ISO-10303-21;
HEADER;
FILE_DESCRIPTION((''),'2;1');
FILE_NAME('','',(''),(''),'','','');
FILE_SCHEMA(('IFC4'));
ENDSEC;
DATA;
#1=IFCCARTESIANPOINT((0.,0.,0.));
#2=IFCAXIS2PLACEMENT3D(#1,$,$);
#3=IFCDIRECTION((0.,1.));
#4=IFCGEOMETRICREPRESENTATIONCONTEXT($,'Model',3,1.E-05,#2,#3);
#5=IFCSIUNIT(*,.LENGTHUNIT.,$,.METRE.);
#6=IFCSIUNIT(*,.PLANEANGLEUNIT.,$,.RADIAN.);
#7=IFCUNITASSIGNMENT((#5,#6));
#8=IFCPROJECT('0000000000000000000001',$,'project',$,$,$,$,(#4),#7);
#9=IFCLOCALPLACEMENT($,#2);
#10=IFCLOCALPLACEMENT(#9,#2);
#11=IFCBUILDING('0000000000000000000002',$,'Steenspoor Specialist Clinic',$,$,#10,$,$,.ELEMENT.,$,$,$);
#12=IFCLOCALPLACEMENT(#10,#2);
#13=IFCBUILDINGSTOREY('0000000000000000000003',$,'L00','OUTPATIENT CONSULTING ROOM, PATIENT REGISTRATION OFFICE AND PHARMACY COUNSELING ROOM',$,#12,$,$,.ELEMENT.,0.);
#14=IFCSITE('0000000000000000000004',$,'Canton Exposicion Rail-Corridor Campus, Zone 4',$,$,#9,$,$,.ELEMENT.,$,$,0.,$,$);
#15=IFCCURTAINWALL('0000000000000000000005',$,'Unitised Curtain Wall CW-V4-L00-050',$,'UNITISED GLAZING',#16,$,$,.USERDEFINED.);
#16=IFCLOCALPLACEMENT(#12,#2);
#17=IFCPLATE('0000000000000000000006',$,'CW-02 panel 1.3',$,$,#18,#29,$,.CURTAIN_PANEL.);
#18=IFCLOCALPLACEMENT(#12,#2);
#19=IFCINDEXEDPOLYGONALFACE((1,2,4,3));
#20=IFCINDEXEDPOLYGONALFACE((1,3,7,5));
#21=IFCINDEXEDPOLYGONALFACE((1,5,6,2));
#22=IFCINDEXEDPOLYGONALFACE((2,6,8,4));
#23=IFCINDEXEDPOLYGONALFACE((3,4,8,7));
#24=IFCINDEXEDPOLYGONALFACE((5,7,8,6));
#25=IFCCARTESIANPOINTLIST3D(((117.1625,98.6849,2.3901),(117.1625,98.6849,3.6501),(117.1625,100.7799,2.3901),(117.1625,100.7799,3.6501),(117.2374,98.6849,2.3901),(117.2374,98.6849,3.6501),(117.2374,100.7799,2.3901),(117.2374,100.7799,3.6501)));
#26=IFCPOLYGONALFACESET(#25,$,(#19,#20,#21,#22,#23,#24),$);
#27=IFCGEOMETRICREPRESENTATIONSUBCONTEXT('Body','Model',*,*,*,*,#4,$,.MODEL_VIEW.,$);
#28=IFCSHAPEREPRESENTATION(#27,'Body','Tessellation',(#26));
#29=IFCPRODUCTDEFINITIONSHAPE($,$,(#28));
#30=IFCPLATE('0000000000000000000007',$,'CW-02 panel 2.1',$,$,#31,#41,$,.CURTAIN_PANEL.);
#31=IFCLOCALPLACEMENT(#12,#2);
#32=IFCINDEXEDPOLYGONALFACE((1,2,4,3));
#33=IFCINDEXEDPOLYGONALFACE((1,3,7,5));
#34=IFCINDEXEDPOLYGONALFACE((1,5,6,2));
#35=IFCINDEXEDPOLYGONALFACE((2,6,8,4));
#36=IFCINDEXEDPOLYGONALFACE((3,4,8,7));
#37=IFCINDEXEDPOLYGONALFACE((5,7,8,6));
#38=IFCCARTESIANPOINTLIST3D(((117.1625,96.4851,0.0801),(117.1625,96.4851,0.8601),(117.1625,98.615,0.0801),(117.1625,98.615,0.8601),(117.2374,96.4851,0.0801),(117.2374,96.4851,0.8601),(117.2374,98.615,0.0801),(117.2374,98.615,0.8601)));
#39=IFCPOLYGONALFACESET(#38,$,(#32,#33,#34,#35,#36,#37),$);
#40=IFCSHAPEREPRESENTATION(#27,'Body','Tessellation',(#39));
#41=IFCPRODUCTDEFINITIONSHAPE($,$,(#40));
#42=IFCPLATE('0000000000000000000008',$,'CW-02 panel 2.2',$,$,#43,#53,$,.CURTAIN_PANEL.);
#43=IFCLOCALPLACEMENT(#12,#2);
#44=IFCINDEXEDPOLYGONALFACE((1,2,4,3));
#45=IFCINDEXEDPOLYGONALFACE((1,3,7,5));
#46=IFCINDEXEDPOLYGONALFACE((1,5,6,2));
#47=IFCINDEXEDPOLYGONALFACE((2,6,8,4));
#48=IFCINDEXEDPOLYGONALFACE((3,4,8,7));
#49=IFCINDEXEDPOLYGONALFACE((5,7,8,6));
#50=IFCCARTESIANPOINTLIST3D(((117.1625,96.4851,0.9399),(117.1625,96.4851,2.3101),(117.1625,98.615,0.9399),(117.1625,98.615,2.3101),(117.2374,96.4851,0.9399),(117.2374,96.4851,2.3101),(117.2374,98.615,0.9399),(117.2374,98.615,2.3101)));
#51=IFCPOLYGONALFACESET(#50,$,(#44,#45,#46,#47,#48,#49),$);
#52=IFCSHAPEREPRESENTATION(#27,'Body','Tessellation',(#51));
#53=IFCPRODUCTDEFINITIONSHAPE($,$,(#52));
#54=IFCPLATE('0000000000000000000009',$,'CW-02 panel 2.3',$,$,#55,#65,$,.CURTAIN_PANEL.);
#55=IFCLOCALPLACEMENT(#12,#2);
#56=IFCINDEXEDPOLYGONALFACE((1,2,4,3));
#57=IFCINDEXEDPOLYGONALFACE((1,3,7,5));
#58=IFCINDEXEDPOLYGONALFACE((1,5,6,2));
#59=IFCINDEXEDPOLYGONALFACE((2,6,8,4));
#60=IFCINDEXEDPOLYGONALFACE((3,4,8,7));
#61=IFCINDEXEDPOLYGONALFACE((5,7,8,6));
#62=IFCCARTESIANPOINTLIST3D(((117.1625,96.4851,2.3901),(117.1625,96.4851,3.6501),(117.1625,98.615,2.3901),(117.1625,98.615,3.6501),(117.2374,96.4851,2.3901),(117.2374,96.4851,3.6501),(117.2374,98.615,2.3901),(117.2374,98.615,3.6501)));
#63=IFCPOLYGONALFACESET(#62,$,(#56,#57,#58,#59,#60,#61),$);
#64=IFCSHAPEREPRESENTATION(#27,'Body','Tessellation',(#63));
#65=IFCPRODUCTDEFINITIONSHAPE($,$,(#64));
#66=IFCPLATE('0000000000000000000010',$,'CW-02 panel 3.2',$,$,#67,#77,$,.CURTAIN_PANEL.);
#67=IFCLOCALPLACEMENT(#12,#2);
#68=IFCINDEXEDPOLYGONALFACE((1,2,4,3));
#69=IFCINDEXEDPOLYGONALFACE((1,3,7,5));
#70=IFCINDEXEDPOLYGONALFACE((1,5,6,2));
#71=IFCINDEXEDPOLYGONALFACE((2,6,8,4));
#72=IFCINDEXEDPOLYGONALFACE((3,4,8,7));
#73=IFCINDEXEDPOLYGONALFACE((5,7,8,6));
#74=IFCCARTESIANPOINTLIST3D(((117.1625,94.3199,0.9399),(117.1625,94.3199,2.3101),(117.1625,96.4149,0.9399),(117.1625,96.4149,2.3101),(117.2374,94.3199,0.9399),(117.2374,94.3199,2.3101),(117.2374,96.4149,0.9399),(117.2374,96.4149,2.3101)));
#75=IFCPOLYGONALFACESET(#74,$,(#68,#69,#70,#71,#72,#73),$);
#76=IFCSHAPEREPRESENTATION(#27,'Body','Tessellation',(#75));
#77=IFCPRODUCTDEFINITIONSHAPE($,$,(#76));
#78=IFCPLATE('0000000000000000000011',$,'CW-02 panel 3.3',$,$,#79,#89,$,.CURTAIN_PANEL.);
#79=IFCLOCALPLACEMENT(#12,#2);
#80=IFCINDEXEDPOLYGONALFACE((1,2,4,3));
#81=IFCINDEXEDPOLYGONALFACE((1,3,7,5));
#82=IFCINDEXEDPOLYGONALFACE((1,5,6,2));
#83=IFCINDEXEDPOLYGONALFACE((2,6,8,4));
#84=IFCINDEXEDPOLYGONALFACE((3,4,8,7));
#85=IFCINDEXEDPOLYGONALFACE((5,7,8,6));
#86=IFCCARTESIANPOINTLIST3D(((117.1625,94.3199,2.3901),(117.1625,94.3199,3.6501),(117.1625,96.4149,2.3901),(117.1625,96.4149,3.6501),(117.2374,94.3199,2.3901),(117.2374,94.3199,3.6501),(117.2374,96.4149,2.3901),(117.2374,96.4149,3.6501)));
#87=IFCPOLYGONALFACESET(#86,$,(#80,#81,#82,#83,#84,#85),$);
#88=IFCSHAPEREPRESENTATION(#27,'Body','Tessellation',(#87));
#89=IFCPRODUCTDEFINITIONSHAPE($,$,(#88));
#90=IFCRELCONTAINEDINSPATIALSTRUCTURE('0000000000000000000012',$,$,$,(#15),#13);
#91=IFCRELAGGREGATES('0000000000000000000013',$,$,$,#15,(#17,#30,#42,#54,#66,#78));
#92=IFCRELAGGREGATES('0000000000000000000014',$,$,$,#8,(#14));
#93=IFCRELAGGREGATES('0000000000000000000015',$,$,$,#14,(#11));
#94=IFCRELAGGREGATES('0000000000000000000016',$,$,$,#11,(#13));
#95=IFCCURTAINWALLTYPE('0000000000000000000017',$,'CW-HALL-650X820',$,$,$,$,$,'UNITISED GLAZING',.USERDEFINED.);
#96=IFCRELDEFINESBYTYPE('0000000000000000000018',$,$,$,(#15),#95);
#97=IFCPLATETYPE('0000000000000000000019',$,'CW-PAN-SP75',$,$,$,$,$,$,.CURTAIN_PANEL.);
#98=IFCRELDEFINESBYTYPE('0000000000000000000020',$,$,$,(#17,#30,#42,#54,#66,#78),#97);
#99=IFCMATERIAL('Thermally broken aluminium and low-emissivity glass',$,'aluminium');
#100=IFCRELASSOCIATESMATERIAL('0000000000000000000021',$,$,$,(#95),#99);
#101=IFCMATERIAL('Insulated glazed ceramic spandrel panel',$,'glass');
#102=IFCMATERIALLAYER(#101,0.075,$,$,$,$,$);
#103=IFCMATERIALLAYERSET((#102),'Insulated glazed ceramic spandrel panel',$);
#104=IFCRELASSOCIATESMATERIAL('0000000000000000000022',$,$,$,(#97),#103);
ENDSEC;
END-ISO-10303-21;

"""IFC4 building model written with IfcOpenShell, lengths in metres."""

from ifc_helpers import new_model, si_unit, direction, frame, origin, origin_2d, place, context, subcontext, project, spatial, rectangle, extrude, material, layer, layer_set, type_object, element, aggregate, save


model = new_model("IFC4")

# Units and contexts
model_context = context("Model", 3, precision=1e-05, world=origin(), true_north=direction((0.0, 1.0)))
body_context = subcontext(model_context, "Body", "Model", "MODEL_VIEW")
ifc_project = project(units=[si_unit("LENGTHUNIT", "METRE"), si_unit("PLANEANGLEUNIT", "RADIAN")], contexts=[model_context])

# Site, building, storey
site_placement = place(None, origin())
site = spatial("IfcSite", under=ifc_project, at=site_placement, Name="Canton Exposicion Rail-Corridor Campus, Zone 4", CompositionType="ELEMENT", RefElevation=0.0)
building_placement = place(site_placement, origin())
building = spatial("IfcBuilding", under=site, at=building_placement, Name="Steenspoor Specialist Clinic", CompositionType="ELEMENT")
storey_placement = place(building_placement, origin())
storey = spatial("IfcBuildingStorey", under=building, at=storey_placement, Name="L00", Description="OUTPATIENT CONSULTING ROOM, PATIENT REGISTRATION OFFICE AND PHARMACY COUNSELING ROOM", CompositionType="ELEMENT", Elevation=0.0)

# Curtain wall, plates
ifc_material_1 = material(Name="Thermally broken aluminium and low-emissivity glass", Category="aluminium")
curtain_wall_type = type_object("IfcCurtainWallType", Name="CW-HALL-650X820", ElementType="UNITISED GLAZING", PredefinedType="USERDEFINED", material=ifc_material_1)
curtain_wall_placement = place(storey_placement, origin())
curtain_wall = element("IfcCurtainWall", 1, at=curtain_wall_placement, inside=storey, type_object=curtain_wall_type, Name="Unitised Curtain Wall CW-V4-L00-050", ObjectType="UNITISED GLAZING", PredefinedType="USERDEFINED")
ifc_material_2 = material(Name="Insulated glazed ceramic spandrel panel", Category="glass")
ifc_layer = layer(ifc_material_2, 0.075)
ifc_layer_set = layer_set([ifc_layer], Name="Insulated glazed ceramic spandrel panel")
plate_type = type_object("IfcPlateType", Name="CW-PAN-SP75", PredefinedType="CURTAIN_PANEL", material=ifc_layer_set)
plate_1_placement = place(storey_placement, frame((117.2, 99.7324, 2.3901), z_axis=(0.0, 0.0, 1.0), x_axis=(0.0, -1.0, 0.0)))
plate_1 = element("IfcPlate", 2, at=plate_1_placement, type_object=plate_type, Name="CW-02 panel 1.3", PredefinedType="CURTAIN_PANEL", context=body_context, shape_type="SweptSolid", body=[
    extrude(rectangle(XDim=2.095, YDim=0.075, at=origin_2d()), origin(), (0.0, 0.0, 1.0), 1.26),
])
plate_2_placement = place(storey_placement, frame((117.2, 97.55, 0.0801), z_axis=(0.0, 0.0, 1.0), x_axis=(0.0, -1.0, 0.0)))
plate_2 = element("IfcPlate", 3, at=plate_2_placement, type_object=plate_type, Name="CW-02 panel 2.1", PredefinedType="CURTAIN_PANEL", context=body_context, shape_type="SweptSolid", body=[
    extrude(rectangle(XDim=2.1299, YDim=0.075, at=origin_2d()), origin(), (0.0, 0.0, 1.0), 0.78),
])
plate_3_placement = place(storey_placement, frame((117.2, 97.55, 0.9399), z_axis=(0.0, 0.0, 1.0), x_axis=(0.0, -1.0, 0.0)))
plate_3 = element("IfcPlate", 4, at=plate_3_placement, type_object=plate_type, Name="CW-02 panel 2.2", PredefinedType="CURTAIN_PANEL", context=body_context, shape_type="SweptSolid", body=[
    extrude(rectangle(XDim=2.1299, YDim=0.075, at=origin_2d()), origin(), (0.0, 0.0, 1.0), 1.3701),
])
plate_4_placement = place(storey_placement, frame((117.2, 97.55, 2.3901), z_axis=(0.0, 0.0, 1.0), x_axis=(0.0, -1.0, 0.0)))
plate_4 = element("IfcPlate", 5, at=plate_4_placement, type_object=plate_type, Name="CW-02 panel 2.3", PredefinedType="CURTAIN_PANEL", context=body_context, shape_type="SweptSolid", body=[
    extrude(rectangle(XDim=2.1299, YDim=0.075, at=origin_2d()), origin(), (0.0, 0.0, 1.0), 1.26),
])
plate_5_placement = place(storey_placement, frame((117.2, 95.3674, 0.9399), z_axis=(0.0, 0.0, 1.0), x_axis=(0.0, -1.0, 0.0)))
plate_5 = element("IfcPlate", 6, at=plate_5_placement, type_object=plate_type, Name="CW-02 panel 3.2", PredefinedType="CURTAIN_PANEL", context=body_context, shape_type="SweptSolid", body=[
    extrude(rectangle(XDim=2.095, YDim=0.075, at=origin_2d()), origin(), (0.0, 0.0, 1.0), 1.3701),
])
plate_6_placement = place(storey_placement, frame((117.2, 95.3674, 2.3901), z_axis=(0.0, 0.0, 1.0), x_axis=(0.0, -1.0, 0.0)))
plate_6 = element("IfcPlate", 7, at=plate_6_placement, type_object=plate_type, Name="CW-02 panel 3.3", PredefinedType="CURTAIN_PANEL", context=body_context, shape_type="SweptSolid", body=[
    extrude(rectangle(XDim=2.095, YDim=0.075, at=origin_2d()), origin(), (0.0, 0.0, 1.0), 1.26),
])
aggregate(curtain_wall, [plate_1, plate_2, plate_3, plate_4, plate_5, plate_6])

save(model, "model.ifc")
